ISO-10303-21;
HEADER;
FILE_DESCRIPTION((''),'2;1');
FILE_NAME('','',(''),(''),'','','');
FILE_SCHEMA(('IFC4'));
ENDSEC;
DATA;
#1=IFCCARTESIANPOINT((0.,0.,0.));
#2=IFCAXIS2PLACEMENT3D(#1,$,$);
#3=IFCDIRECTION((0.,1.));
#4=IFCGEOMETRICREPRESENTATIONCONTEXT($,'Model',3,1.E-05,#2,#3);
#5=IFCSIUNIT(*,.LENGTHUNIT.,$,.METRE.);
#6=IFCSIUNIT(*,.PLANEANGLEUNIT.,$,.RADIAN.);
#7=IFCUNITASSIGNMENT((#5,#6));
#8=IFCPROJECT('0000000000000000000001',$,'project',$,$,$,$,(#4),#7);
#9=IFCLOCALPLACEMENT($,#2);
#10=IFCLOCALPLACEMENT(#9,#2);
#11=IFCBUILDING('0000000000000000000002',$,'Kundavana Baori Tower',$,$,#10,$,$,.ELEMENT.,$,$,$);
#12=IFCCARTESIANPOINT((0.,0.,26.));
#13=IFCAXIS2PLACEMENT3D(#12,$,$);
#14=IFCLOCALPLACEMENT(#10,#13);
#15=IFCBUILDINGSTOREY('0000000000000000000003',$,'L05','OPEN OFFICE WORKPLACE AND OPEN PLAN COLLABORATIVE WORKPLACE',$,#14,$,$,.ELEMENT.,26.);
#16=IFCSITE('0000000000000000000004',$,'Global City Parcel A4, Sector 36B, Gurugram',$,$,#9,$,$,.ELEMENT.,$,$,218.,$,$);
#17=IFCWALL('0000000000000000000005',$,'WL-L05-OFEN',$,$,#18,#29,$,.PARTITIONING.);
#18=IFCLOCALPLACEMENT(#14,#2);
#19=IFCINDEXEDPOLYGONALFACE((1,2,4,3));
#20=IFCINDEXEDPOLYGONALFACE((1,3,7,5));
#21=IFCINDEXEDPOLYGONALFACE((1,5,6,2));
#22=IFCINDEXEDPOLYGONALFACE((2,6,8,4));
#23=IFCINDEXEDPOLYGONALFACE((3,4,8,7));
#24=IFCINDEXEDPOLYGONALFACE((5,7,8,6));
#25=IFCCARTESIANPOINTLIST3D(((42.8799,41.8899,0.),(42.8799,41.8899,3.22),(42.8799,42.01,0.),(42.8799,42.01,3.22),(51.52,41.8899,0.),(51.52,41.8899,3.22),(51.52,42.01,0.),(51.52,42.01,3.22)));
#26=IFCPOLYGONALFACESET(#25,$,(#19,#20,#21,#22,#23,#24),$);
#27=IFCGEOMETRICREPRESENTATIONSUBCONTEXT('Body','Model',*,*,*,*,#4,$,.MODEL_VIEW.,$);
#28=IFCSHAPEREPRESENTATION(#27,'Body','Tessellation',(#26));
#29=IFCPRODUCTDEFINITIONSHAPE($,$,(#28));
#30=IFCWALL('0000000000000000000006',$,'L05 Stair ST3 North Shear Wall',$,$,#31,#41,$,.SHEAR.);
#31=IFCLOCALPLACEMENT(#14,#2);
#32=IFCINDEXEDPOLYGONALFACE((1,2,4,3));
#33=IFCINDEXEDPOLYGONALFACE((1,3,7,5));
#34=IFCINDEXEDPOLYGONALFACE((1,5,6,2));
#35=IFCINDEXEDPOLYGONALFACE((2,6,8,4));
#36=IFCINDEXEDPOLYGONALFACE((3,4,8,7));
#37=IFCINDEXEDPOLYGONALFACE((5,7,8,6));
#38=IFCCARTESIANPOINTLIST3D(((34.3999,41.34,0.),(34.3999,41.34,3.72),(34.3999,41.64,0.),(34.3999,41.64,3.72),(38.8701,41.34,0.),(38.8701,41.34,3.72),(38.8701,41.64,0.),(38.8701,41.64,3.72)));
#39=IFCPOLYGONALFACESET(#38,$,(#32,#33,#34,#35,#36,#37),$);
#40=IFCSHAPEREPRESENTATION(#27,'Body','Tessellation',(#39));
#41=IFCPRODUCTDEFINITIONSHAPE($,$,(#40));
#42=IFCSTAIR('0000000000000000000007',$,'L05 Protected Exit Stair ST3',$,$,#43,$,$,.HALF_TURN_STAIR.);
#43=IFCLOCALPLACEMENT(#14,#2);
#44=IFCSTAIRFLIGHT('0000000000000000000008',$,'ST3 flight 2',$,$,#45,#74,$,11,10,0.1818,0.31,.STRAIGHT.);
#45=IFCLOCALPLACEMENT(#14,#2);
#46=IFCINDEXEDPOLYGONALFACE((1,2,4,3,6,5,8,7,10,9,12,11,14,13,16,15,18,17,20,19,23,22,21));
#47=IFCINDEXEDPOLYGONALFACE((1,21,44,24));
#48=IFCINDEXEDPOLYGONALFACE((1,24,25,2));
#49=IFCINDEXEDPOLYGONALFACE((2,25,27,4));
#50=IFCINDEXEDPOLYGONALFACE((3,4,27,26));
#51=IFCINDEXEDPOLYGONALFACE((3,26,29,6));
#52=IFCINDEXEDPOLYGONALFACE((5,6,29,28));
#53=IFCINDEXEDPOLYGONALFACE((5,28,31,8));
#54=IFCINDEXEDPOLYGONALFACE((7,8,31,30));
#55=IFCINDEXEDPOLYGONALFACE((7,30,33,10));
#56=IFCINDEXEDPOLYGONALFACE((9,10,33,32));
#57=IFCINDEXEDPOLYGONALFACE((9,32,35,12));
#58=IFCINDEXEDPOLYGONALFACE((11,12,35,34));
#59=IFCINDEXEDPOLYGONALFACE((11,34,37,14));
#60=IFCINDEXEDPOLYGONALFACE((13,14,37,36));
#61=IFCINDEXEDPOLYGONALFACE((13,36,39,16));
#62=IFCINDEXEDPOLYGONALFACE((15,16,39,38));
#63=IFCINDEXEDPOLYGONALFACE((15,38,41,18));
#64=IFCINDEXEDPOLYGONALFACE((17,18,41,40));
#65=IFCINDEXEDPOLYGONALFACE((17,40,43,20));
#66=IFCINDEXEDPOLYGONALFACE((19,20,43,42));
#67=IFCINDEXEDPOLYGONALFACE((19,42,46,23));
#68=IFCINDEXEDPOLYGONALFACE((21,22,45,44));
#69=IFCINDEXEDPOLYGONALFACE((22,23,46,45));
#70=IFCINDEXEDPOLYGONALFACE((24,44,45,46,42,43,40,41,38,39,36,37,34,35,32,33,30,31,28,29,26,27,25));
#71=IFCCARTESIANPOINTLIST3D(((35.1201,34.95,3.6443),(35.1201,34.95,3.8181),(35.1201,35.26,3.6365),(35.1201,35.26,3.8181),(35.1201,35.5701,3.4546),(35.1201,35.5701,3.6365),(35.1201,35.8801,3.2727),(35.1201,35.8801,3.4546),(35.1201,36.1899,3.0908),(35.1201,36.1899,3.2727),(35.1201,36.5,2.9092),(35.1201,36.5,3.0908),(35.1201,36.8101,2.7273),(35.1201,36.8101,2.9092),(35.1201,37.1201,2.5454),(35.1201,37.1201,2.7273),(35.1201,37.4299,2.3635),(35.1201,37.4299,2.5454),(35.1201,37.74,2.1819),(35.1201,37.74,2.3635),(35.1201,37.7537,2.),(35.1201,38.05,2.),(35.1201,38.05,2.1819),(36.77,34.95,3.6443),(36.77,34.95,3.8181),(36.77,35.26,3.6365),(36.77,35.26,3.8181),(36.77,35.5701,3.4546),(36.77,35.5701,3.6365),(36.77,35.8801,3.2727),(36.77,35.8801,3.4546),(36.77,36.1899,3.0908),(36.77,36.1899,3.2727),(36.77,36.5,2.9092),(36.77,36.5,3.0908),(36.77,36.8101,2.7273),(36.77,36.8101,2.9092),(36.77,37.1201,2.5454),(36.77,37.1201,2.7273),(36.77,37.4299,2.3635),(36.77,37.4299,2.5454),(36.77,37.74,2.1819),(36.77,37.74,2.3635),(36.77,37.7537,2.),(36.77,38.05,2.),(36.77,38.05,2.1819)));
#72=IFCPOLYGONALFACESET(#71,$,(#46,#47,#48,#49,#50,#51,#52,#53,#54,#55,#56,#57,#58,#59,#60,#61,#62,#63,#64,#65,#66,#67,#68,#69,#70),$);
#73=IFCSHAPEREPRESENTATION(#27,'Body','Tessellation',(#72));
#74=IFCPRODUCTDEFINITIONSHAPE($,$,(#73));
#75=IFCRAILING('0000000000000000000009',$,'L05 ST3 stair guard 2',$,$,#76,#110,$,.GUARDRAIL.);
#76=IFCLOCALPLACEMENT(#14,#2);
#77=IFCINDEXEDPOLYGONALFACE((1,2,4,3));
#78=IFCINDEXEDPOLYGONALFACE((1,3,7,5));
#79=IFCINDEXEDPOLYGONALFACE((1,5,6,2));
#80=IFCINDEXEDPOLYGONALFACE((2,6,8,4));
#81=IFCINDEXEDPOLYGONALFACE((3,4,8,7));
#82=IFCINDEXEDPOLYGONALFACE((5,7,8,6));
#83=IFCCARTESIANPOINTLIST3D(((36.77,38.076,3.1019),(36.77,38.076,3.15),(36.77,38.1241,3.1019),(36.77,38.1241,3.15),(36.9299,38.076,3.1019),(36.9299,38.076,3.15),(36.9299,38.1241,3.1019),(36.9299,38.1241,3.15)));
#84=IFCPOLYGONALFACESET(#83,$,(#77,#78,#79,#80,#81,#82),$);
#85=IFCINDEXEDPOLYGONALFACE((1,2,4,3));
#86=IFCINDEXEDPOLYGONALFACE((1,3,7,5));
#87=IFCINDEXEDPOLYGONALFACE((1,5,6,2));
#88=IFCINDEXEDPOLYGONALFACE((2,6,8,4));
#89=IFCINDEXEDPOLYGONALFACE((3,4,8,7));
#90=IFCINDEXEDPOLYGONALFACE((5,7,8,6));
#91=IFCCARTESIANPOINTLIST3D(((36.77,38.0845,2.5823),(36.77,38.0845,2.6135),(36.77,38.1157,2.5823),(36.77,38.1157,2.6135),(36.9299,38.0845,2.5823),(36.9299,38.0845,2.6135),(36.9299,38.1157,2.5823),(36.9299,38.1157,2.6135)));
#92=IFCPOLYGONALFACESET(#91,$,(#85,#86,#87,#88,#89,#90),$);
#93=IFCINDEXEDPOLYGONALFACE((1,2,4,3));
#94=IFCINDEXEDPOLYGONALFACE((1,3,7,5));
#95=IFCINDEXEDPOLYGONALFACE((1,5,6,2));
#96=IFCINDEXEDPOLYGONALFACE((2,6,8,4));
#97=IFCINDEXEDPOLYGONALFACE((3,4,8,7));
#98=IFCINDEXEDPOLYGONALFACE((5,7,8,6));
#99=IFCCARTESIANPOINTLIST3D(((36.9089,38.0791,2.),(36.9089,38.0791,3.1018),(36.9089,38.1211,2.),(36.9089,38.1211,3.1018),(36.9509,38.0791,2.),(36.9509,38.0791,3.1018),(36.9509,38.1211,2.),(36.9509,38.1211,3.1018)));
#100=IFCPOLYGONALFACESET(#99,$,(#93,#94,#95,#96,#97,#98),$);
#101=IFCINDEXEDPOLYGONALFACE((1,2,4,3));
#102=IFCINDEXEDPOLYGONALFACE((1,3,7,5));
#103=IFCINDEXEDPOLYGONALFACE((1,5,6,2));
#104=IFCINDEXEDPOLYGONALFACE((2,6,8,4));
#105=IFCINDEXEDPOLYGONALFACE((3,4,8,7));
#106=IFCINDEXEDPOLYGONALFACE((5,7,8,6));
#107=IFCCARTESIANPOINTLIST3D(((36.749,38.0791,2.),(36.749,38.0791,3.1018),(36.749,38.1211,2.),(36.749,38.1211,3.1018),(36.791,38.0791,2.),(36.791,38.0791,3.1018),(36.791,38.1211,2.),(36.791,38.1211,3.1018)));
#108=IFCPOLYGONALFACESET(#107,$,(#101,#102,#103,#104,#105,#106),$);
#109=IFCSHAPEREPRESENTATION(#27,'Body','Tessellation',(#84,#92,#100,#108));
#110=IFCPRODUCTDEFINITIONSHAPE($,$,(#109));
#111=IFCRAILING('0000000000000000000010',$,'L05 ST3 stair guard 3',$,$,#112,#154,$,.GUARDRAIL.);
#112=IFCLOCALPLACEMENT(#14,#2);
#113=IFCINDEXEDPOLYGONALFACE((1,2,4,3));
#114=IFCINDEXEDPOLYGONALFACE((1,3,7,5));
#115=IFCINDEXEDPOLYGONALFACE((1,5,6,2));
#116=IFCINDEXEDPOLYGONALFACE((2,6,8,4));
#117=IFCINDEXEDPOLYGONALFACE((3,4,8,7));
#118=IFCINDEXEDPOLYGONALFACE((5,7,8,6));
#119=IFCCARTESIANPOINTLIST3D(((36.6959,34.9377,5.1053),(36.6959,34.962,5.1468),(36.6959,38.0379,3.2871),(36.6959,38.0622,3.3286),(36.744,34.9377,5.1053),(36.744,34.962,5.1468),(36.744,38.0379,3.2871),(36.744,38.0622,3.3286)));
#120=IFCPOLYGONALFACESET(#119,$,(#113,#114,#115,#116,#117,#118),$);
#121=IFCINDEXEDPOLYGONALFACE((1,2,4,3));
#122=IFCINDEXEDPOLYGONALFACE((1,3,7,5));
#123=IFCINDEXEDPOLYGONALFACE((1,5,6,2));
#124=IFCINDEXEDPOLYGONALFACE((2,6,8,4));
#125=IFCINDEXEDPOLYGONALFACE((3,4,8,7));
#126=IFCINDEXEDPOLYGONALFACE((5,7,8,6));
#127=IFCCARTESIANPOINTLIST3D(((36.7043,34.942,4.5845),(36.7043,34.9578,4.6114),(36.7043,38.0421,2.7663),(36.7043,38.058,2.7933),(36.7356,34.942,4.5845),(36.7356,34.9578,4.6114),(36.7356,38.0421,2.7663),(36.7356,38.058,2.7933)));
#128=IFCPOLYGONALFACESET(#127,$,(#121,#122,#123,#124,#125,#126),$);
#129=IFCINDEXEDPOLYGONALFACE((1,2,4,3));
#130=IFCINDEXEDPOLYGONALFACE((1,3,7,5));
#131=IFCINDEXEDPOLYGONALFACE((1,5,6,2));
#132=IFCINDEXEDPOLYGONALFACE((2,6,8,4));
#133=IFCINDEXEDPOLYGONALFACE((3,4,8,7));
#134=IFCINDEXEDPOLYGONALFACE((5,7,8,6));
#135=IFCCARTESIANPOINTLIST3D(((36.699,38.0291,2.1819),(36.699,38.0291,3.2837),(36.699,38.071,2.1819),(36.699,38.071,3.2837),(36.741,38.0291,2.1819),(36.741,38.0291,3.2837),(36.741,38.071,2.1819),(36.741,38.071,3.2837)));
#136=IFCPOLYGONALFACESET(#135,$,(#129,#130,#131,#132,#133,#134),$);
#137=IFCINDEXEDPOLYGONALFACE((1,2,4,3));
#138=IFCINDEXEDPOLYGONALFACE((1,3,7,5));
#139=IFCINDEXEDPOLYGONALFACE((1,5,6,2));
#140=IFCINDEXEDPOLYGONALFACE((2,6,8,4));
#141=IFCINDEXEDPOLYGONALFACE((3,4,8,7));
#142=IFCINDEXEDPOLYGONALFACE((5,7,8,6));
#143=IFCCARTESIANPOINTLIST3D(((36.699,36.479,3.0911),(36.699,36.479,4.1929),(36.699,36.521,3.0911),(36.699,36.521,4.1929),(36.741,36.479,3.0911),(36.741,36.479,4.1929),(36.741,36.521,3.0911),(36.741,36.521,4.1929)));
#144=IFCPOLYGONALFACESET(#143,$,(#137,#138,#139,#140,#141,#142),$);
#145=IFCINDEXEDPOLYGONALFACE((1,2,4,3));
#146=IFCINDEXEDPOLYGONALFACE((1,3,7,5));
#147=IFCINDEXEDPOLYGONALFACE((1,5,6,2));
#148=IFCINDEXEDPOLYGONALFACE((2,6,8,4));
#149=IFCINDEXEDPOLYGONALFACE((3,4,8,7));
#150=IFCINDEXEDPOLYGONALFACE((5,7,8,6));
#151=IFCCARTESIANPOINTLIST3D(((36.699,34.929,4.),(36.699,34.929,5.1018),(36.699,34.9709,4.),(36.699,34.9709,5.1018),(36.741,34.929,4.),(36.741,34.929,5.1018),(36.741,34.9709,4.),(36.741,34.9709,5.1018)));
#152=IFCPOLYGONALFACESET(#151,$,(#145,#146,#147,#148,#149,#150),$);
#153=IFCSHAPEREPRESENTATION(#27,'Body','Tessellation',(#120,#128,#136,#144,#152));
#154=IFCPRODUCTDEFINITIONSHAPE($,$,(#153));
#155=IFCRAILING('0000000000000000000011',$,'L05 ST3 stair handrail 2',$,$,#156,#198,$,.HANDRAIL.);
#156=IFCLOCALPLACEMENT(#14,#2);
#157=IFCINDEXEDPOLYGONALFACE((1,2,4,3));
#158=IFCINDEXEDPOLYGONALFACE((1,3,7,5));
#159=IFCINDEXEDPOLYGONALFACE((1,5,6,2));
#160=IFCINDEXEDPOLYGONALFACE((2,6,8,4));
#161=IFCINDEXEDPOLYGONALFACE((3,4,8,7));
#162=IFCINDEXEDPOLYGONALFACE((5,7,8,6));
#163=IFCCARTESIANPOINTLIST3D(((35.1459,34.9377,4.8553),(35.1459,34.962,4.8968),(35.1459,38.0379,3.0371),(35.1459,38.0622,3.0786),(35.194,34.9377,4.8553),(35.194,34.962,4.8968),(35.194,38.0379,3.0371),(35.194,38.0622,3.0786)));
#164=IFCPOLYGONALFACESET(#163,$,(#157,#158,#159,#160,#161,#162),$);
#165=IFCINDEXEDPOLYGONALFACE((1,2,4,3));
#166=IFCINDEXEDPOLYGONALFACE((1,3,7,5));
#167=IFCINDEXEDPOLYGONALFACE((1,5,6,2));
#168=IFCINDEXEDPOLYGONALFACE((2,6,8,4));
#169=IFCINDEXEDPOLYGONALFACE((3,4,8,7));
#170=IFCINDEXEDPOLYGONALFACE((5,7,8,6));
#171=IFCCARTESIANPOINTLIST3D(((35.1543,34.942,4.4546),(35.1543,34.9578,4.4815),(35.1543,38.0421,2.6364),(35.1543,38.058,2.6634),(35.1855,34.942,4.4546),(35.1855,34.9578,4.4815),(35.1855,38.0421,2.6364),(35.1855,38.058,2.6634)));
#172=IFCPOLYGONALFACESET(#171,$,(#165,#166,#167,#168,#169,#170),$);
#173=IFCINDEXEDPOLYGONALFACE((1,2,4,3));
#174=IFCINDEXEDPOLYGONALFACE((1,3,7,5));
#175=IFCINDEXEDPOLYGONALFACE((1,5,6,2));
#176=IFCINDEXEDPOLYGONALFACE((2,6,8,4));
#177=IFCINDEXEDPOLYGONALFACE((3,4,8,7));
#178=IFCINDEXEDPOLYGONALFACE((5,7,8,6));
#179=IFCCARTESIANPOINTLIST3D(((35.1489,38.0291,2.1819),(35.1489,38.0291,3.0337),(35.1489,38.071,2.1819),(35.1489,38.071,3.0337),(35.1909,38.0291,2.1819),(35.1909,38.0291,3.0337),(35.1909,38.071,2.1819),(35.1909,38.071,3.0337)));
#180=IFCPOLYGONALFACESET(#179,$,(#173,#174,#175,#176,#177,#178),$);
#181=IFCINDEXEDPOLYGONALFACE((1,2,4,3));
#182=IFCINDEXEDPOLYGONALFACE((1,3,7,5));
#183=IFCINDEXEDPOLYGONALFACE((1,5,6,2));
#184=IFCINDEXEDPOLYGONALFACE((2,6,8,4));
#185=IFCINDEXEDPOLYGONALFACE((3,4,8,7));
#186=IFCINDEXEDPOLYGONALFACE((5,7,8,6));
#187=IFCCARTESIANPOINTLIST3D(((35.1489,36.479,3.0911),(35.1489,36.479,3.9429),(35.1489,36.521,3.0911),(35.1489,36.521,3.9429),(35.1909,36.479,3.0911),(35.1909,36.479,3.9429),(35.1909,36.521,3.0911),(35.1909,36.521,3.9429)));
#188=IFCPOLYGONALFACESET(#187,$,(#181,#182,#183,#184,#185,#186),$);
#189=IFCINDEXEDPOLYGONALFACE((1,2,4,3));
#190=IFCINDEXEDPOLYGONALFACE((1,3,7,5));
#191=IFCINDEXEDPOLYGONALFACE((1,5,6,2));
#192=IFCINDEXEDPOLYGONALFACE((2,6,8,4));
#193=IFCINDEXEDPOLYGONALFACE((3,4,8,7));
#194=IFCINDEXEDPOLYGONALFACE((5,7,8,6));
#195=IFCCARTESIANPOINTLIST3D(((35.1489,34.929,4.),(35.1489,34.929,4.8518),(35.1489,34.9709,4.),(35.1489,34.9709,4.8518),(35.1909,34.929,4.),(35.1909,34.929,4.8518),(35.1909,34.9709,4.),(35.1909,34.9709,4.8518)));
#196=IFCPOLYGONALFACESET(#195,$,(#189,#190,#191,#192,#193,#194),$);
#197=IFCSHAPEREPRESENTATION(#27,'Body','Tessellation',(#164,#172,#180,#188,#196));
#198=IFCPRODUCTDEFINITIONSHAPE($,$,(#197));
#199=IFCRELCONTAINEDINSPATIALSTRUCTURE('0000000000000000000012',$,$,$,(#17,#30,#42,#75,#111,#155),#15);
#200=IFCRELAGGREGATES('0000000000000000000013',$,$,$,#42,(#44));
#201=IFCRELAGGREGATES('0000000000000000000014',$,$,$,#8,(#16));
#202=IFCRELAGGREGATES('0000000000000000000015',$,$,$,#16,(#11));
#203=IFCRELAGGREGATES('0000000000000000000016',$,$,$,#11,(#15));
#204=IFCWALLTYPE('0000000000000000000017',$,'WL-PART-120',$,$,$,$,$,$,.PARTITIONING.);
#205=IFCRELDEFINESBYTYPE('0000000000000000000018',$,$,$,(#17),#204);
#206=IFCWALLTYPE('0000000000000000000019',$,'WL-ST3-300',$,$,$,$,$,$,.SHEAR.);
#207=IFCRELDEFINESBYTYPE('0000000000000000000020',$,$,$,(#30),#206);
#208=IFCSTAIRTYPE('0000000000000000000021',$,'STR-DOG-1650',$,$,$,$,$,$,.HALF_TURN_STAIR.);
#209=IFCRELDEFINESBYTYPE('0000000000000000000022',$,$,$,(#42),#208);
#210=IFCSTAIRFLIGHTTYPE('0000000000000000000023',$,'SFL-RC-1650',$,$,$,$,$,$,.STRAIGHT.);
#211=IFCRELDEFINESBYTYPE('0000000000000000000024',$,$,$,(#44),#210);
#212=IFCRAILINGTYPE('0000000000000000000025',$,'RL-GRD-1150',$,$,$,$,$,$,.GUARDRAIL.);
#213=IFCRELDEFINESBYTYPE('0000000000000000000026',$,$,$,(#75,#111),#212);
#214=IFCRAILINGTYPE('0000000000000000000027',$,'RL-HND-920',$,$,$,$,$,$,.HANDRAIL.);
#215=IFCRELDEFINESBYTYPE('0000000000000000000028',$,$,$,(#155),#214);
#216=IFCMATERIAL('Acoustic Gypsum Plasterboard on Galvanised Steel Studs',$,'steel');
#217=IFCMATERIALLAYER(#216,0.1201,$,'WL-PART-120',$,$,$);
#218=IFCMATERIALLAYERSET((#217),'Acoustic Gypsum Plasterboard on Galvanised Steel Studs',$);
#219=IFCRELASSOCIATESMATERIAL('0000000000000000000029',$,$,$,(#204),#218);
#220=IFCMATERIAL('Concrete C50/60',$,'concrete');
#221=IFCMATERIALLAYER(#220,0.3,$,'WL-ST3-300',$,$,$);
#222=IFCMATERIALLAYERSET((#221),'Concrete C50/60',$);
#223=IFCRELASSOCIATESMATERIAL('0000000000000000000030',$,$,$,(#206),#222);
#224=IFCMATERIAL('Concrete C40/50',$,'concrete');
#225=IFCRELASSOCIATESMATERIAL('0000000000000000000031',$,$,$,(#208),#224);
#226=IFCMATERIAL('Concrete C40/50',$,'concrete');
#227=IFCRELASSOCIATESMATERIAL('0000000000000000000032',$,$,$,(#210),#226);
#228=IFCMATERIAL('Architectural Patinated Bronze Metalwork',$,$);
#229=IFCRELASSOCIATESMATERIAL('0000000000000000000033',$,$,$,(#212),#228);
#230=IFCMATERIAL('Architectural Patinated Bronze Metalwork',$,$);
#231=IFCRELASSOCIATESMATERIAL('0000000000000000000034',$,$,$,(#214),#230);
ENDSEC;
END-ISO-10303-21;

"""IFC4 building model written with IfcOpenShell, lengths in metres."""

from ifc_helpers import new_model, si_unit, direction, frame, frame_2d, origin, origin_2d, place, context, subcontext, project, spatial, polyline, rectangle, outline, extrude, material, layer, layer_set, type_object, element, aggregate, save


model = new_model("IFC4")

# Units and contexts
model_context = context("Model", 3, precision=1e-05, world=origin(), true_north=direction((0.0, 1.0)))
body_context = subcontext(model_context, "Body", "Model", "MODEL_VIEW")
ifc_project = project(units=[si_unit("LENGTHUNIT", "METRE"), si_unit("PLANEANGLEUNIT", "RADIAN")], contexts=[model_context])

# Site, building, storey
site_placement = place(None, origin())
site = spatial("IfcSite", under=ifc_project, at=site_placement, Name="Global City Parcel A4, Sector 36B, Gurugram", CompositionType="ELEMENT", RefElevation=218.0)
building_placement = place(site_placement, origin())
building = spatial("IfcBuilding", under=site, at=building_placement, Name="Kundavana Baori Tower", CompositionType="ELEMENT")
storey_placement = place(building_placement, frame((0.0, 0.0, 26.0)))
storey = spatial("IfcBuildingStorey", under=building, at=storey_placement, Name="L05", Description="OPEN OFFICE WORKPLACE AND OPEN PLAN COLLABORATIVE WORKPLACE", CompositionType="ELEMENT", Elevation=26.0)

# Walls
ifc_material_1 = material(Name="Acoustic Gypsum Plasterboard on Galvanised Steel Studs", Category="steel")
ifc_layer_1 = layer(ifc_material_1, 0.1201, Name="WL-PART-120")
ifc_layer_set_1 = layer_set([ifc_layer_1], Name="Acoustic Gypsum Plasterboard on Galvanised Steel Studs")
wall_type_1 = type_object("IfcWallType", Name="WL-PART-120", PredefinedType="PARTITIONING", material=ifc_layer_set_1)
wall_1_placement = place(storey_placement, frame((42.8799, 41.95, 0.0), z_axis=(0.0, 0.0, 1.0), x_axis=(1.0, 0.0, 0.0)))
element("IfcWall", 1, at=wall_1_placement, inside=storey, type_object=wall_type_1, Name="WL-L05-OFEN", PredefinedType="PARTITIONING", context=body_context, shape_type="SweptSolid", body=[
    extrude(rectangle(XDim=8.6401, YDim=0.1201, at=frame_2d((4.3201, 0.0))), origin(), (0.0, 0.0, 1.0), 3.22),
])
ifc_material_2 = material(Name="Concrete C50/60", Category="concrete")
ifc_layer_2 = layer(ifc_material_2, 0.3, Name="WL-ST3-300")
ifc_layer_set_2 = layer_set([ifc_layer_2], Name="Concrete C50/60")
wall_type_2 = type_object("IfcWallType", Name="WL-ST3-300", PredefinedType="SHEAR", material=ifc_layer_set_2)
wall_2_placement = place(storey_placement, frame((34.3999, 41.49, 0.0), z_axis=(0.0, 0.0, 1.0), x_axis=(1.0, 0.0, 0.0)))
element("IfcWall", 2, at=wall_2_placement, inside=storey, type_object=wall_type_2, Name="L05 Stair ST3 North Shear Wall", PredefinedType="SHEAR", context=body_context, shape_type="SweptSolid", body=[
    extrude(rectangle(XDim=4.4702, YDim=0.3, at=frame_2d((2.2351, 0.0))), origin(), (0.0, 0.0, 1.0), 3.72),
])

# Stair, stair flight
ifc_material_3 = material(Name="Concrete C40/50", Category="concrete")
stair_type = type_object("IfcStairType", Name="STR-DOG-1650", PredefinedType="HALF_TURN_STAIR", material=ifc_material_3)
stair_placement = place(storey_placement, origin())
stair = element("IfcStair", 3, at=stair_placement, inside=storey, type_object=stair_type, Name="L05 Protected Exit Stair ST3", PredefinedType="HALF_TURN_STAIR")
ifc_material_4 = material(Name="Concrete C40/50", Category="concrete")
stair_flight_type = type_object("IfcStairFlightType", Name="SFL-RC-1650", PredefinedType="STRAIGHT", material=ifc_material_4)
stair_flight_placement = place(storey_placement, frame((35.9451, 38.05, 2.0), z_axis=(0.0, 0.0, 1.0), x_axis=(0.0, -1.0, 0.0)))
stair_flight = element("IfcStairFlight", 4, at=stair_flight_placement, type_object=stair_flight_type, Name="ST3 flight 2", NumberOfRisers=11, NumberOfTreads=10, PredefinedType="STRAIGHT", RiserHeight=0.1818, TreadLength=0.31, context=body_context, shape_type="SweptSolid", body=[
    extrude(outline(polyline([(0.0, 0.0), (0.0, 0.1819), (0.3101, 0.1819), (0.3101, 0.3635), (0.6201, 0.3635), (0.6201, 0.5454), (0.9299, 0.5454), (0.9299, 0.7273), (1.24, 0.7273), (1.24, 0.9092), (1.55, 0.9092), (1.55, 1.0908), (1.8601, 1.0908), (1.8601, 1.2727), (2.1699, 1.2727), (2.1699, 1.4546), (2.48, 1.4546), (2.48, 1.6365), (2.79, 1.6365), (2.79, 1.8181), (3.1001, 1.8181), (3.1001, 2.0), (3.1001, 1.6443), (0.2964, 0.0), (0.0, 0.0)])), frame((0.0, 0.825, 0.0), z_axis=(0.0, -1.0, 0.0), x_axis=(1.0, 0.0, 0.0)), (0.0, 0.0, 1.0), 1.6499),
])
aggregate(stair, [stair_flight])

# Railings
ifc_material_5 = material(Name="Architectural Patinated Bronze Metalwork")
railing_type_1 = type_object("IfcRailingType", Name="RL-GRD-1150", PredefinedType="GUARDRAIL", material=ifc_material_5)
railing_1_placement = place(storey_placement, frame((36.9299, 38.1001, 2.0)))
element("IfcRailing", 5, at=railing_1_placement, inside=storey, type_object=railing_type_1, Name="L05 ST3 stair guard 2", PredefinedType="GUARDRAIL", context=body_context, shape_type="SweptSolid", body=[
    extrude(rectangle(XDim=0.0481, YDim=0.0481, at=origin_2d()), frame((0.0, 0.0, 1.126), z_axis=(-1.0, 0.0, 0.0), x_axis=(0.0, -1.0, 0.0)), (0.0, 0.0, 1.0), 0.1599),
    extrude(rectangle(XDim=0.0312, YDim=0.0312, at=origin_2d()), frame((0.0, 0.0, 0.5979), z_axis=(-1.0, 0.0, 0.0), x_axis=(0.0, -1.0, 0.0)), (0.0, 0.0, 1.0), 0.1599),
    extrude(rectangle(XDim=0.042, YDim=0.042, at=origin_2d()), origin(), (0.0, 0.0, 1.0), 1.1018),
    extrude(rectangle(XDim=0.042, YDim=0.042, at=origin_2d()), frame((-0.1599, 0.0, 0.0)), (0.0, 0.0, 1.0), 1.1018),
])
railing_2_placement = place(storey_placement, frame((36.72, 38.05, 2.1819)))
element("IfcRailing", 6, at=railing_2_placement, inside=storey, type_object=railing_type_1, Name="L05 ST3 stair guard 3", PredefinedType="GUARDRAIL", context=body_context, shape_type="SweptSolid", body=[
    extrude(rectangle(XDim=0.0481, YDim=0.0481, at=origin_2d()), frame((0.0, 0.0, 1.126), z_axis=(0.0, -0.862599, 0.505889), x_axis=(1.0, 0.0, 0.0)), (0.0, 0.0, 1.0), 3.594),
    extrude(rectangle(XDim=0.0312, YDim=0.0312, at=origin_2d()), frame((0.0, 0.0, 0.5979), z_axis=(0.0, -0.862599, 0.505889), x_axis=(1.0, 0.0, 0.0)), (0.0, 0.0, 1.0), 3.594),
    extrude(rectangle(XDim=0.042, YDim=0.042, at=origin_2d()), origin(), (0.0, 0.0, 1.0), 1.1018),
    extrude(rectangle(XDim=0.042, YDim=0.042, at=origin_2d()), frame((0.0, -1.55, 0.9092)), (0.0, 0.0, 1.0), 1.1018),
    extrude(rectangle(XDim=0.042, YDim=0.042, at=origin_2d()), frame((0.0, -3.1001, 1.8181)), (0.0, 0.0, 1.0), 1.1018),
])
ifc_material_6 = material(Name="Architectural Patinated Bronze Metalwork")
railing_type_2 = type_object("IfcRailingType", Name="RL-HND-920", PredefinedType="HANDRAIL", material=ifc_material_6)
railing_3_placement = place(storey_placement, frame((35.1699, 38.05, 2.1819)))
element("IfcRailing", 7, at=railing_3_placement, inside=storey, type_object=railing_type_2, Name="L05 ST3 stair handrail 2", PredefinedType="HANDRAIL", context=body_context, shape_type="SweptSolid", body=[
    extrude(rectangle(XDim=0.0481, YDim=0.0481, at=origin_2d()), frame((0.0, 0.0, 0.876), z_axis=(0.0, -0.862599, 0.505889), x_axis=(1.0, 0.0, 0.0)), (0.0, 0.0, 1.0), 3.594),
    extrude(rectangle(XDim=0.0312, YDim=0.0312, at=origin_2d()), frame((0.0, 0.0, 0.468), z_axis=(0.0, -0.862599, 0.505889), x_axis=(1.0, 0.0, 0.0)), (0.0, 0.0, 1.0), 3.594),
    extrude(rectangle(XDim=0.042, YDim=0.042, at=origin_2d()), origin(), (0.0, 0.0, 1.0), 0.8518),
    extrude(rectangle(XDim=0.042, YDim=0.042, at=origin_2d()), frame((0.0, -1.55, 0.9092)), (0.0, 0.0, 1.0), 0.8518),
    extrude(rectangle(XDim=0.042, YDim=0.042, at=origin_2d()), frame((0.0, -3.1001, 1.8181)), (0.0, 0.0, 1.0), 0.8518),
])

save(model, "model.ifc")
